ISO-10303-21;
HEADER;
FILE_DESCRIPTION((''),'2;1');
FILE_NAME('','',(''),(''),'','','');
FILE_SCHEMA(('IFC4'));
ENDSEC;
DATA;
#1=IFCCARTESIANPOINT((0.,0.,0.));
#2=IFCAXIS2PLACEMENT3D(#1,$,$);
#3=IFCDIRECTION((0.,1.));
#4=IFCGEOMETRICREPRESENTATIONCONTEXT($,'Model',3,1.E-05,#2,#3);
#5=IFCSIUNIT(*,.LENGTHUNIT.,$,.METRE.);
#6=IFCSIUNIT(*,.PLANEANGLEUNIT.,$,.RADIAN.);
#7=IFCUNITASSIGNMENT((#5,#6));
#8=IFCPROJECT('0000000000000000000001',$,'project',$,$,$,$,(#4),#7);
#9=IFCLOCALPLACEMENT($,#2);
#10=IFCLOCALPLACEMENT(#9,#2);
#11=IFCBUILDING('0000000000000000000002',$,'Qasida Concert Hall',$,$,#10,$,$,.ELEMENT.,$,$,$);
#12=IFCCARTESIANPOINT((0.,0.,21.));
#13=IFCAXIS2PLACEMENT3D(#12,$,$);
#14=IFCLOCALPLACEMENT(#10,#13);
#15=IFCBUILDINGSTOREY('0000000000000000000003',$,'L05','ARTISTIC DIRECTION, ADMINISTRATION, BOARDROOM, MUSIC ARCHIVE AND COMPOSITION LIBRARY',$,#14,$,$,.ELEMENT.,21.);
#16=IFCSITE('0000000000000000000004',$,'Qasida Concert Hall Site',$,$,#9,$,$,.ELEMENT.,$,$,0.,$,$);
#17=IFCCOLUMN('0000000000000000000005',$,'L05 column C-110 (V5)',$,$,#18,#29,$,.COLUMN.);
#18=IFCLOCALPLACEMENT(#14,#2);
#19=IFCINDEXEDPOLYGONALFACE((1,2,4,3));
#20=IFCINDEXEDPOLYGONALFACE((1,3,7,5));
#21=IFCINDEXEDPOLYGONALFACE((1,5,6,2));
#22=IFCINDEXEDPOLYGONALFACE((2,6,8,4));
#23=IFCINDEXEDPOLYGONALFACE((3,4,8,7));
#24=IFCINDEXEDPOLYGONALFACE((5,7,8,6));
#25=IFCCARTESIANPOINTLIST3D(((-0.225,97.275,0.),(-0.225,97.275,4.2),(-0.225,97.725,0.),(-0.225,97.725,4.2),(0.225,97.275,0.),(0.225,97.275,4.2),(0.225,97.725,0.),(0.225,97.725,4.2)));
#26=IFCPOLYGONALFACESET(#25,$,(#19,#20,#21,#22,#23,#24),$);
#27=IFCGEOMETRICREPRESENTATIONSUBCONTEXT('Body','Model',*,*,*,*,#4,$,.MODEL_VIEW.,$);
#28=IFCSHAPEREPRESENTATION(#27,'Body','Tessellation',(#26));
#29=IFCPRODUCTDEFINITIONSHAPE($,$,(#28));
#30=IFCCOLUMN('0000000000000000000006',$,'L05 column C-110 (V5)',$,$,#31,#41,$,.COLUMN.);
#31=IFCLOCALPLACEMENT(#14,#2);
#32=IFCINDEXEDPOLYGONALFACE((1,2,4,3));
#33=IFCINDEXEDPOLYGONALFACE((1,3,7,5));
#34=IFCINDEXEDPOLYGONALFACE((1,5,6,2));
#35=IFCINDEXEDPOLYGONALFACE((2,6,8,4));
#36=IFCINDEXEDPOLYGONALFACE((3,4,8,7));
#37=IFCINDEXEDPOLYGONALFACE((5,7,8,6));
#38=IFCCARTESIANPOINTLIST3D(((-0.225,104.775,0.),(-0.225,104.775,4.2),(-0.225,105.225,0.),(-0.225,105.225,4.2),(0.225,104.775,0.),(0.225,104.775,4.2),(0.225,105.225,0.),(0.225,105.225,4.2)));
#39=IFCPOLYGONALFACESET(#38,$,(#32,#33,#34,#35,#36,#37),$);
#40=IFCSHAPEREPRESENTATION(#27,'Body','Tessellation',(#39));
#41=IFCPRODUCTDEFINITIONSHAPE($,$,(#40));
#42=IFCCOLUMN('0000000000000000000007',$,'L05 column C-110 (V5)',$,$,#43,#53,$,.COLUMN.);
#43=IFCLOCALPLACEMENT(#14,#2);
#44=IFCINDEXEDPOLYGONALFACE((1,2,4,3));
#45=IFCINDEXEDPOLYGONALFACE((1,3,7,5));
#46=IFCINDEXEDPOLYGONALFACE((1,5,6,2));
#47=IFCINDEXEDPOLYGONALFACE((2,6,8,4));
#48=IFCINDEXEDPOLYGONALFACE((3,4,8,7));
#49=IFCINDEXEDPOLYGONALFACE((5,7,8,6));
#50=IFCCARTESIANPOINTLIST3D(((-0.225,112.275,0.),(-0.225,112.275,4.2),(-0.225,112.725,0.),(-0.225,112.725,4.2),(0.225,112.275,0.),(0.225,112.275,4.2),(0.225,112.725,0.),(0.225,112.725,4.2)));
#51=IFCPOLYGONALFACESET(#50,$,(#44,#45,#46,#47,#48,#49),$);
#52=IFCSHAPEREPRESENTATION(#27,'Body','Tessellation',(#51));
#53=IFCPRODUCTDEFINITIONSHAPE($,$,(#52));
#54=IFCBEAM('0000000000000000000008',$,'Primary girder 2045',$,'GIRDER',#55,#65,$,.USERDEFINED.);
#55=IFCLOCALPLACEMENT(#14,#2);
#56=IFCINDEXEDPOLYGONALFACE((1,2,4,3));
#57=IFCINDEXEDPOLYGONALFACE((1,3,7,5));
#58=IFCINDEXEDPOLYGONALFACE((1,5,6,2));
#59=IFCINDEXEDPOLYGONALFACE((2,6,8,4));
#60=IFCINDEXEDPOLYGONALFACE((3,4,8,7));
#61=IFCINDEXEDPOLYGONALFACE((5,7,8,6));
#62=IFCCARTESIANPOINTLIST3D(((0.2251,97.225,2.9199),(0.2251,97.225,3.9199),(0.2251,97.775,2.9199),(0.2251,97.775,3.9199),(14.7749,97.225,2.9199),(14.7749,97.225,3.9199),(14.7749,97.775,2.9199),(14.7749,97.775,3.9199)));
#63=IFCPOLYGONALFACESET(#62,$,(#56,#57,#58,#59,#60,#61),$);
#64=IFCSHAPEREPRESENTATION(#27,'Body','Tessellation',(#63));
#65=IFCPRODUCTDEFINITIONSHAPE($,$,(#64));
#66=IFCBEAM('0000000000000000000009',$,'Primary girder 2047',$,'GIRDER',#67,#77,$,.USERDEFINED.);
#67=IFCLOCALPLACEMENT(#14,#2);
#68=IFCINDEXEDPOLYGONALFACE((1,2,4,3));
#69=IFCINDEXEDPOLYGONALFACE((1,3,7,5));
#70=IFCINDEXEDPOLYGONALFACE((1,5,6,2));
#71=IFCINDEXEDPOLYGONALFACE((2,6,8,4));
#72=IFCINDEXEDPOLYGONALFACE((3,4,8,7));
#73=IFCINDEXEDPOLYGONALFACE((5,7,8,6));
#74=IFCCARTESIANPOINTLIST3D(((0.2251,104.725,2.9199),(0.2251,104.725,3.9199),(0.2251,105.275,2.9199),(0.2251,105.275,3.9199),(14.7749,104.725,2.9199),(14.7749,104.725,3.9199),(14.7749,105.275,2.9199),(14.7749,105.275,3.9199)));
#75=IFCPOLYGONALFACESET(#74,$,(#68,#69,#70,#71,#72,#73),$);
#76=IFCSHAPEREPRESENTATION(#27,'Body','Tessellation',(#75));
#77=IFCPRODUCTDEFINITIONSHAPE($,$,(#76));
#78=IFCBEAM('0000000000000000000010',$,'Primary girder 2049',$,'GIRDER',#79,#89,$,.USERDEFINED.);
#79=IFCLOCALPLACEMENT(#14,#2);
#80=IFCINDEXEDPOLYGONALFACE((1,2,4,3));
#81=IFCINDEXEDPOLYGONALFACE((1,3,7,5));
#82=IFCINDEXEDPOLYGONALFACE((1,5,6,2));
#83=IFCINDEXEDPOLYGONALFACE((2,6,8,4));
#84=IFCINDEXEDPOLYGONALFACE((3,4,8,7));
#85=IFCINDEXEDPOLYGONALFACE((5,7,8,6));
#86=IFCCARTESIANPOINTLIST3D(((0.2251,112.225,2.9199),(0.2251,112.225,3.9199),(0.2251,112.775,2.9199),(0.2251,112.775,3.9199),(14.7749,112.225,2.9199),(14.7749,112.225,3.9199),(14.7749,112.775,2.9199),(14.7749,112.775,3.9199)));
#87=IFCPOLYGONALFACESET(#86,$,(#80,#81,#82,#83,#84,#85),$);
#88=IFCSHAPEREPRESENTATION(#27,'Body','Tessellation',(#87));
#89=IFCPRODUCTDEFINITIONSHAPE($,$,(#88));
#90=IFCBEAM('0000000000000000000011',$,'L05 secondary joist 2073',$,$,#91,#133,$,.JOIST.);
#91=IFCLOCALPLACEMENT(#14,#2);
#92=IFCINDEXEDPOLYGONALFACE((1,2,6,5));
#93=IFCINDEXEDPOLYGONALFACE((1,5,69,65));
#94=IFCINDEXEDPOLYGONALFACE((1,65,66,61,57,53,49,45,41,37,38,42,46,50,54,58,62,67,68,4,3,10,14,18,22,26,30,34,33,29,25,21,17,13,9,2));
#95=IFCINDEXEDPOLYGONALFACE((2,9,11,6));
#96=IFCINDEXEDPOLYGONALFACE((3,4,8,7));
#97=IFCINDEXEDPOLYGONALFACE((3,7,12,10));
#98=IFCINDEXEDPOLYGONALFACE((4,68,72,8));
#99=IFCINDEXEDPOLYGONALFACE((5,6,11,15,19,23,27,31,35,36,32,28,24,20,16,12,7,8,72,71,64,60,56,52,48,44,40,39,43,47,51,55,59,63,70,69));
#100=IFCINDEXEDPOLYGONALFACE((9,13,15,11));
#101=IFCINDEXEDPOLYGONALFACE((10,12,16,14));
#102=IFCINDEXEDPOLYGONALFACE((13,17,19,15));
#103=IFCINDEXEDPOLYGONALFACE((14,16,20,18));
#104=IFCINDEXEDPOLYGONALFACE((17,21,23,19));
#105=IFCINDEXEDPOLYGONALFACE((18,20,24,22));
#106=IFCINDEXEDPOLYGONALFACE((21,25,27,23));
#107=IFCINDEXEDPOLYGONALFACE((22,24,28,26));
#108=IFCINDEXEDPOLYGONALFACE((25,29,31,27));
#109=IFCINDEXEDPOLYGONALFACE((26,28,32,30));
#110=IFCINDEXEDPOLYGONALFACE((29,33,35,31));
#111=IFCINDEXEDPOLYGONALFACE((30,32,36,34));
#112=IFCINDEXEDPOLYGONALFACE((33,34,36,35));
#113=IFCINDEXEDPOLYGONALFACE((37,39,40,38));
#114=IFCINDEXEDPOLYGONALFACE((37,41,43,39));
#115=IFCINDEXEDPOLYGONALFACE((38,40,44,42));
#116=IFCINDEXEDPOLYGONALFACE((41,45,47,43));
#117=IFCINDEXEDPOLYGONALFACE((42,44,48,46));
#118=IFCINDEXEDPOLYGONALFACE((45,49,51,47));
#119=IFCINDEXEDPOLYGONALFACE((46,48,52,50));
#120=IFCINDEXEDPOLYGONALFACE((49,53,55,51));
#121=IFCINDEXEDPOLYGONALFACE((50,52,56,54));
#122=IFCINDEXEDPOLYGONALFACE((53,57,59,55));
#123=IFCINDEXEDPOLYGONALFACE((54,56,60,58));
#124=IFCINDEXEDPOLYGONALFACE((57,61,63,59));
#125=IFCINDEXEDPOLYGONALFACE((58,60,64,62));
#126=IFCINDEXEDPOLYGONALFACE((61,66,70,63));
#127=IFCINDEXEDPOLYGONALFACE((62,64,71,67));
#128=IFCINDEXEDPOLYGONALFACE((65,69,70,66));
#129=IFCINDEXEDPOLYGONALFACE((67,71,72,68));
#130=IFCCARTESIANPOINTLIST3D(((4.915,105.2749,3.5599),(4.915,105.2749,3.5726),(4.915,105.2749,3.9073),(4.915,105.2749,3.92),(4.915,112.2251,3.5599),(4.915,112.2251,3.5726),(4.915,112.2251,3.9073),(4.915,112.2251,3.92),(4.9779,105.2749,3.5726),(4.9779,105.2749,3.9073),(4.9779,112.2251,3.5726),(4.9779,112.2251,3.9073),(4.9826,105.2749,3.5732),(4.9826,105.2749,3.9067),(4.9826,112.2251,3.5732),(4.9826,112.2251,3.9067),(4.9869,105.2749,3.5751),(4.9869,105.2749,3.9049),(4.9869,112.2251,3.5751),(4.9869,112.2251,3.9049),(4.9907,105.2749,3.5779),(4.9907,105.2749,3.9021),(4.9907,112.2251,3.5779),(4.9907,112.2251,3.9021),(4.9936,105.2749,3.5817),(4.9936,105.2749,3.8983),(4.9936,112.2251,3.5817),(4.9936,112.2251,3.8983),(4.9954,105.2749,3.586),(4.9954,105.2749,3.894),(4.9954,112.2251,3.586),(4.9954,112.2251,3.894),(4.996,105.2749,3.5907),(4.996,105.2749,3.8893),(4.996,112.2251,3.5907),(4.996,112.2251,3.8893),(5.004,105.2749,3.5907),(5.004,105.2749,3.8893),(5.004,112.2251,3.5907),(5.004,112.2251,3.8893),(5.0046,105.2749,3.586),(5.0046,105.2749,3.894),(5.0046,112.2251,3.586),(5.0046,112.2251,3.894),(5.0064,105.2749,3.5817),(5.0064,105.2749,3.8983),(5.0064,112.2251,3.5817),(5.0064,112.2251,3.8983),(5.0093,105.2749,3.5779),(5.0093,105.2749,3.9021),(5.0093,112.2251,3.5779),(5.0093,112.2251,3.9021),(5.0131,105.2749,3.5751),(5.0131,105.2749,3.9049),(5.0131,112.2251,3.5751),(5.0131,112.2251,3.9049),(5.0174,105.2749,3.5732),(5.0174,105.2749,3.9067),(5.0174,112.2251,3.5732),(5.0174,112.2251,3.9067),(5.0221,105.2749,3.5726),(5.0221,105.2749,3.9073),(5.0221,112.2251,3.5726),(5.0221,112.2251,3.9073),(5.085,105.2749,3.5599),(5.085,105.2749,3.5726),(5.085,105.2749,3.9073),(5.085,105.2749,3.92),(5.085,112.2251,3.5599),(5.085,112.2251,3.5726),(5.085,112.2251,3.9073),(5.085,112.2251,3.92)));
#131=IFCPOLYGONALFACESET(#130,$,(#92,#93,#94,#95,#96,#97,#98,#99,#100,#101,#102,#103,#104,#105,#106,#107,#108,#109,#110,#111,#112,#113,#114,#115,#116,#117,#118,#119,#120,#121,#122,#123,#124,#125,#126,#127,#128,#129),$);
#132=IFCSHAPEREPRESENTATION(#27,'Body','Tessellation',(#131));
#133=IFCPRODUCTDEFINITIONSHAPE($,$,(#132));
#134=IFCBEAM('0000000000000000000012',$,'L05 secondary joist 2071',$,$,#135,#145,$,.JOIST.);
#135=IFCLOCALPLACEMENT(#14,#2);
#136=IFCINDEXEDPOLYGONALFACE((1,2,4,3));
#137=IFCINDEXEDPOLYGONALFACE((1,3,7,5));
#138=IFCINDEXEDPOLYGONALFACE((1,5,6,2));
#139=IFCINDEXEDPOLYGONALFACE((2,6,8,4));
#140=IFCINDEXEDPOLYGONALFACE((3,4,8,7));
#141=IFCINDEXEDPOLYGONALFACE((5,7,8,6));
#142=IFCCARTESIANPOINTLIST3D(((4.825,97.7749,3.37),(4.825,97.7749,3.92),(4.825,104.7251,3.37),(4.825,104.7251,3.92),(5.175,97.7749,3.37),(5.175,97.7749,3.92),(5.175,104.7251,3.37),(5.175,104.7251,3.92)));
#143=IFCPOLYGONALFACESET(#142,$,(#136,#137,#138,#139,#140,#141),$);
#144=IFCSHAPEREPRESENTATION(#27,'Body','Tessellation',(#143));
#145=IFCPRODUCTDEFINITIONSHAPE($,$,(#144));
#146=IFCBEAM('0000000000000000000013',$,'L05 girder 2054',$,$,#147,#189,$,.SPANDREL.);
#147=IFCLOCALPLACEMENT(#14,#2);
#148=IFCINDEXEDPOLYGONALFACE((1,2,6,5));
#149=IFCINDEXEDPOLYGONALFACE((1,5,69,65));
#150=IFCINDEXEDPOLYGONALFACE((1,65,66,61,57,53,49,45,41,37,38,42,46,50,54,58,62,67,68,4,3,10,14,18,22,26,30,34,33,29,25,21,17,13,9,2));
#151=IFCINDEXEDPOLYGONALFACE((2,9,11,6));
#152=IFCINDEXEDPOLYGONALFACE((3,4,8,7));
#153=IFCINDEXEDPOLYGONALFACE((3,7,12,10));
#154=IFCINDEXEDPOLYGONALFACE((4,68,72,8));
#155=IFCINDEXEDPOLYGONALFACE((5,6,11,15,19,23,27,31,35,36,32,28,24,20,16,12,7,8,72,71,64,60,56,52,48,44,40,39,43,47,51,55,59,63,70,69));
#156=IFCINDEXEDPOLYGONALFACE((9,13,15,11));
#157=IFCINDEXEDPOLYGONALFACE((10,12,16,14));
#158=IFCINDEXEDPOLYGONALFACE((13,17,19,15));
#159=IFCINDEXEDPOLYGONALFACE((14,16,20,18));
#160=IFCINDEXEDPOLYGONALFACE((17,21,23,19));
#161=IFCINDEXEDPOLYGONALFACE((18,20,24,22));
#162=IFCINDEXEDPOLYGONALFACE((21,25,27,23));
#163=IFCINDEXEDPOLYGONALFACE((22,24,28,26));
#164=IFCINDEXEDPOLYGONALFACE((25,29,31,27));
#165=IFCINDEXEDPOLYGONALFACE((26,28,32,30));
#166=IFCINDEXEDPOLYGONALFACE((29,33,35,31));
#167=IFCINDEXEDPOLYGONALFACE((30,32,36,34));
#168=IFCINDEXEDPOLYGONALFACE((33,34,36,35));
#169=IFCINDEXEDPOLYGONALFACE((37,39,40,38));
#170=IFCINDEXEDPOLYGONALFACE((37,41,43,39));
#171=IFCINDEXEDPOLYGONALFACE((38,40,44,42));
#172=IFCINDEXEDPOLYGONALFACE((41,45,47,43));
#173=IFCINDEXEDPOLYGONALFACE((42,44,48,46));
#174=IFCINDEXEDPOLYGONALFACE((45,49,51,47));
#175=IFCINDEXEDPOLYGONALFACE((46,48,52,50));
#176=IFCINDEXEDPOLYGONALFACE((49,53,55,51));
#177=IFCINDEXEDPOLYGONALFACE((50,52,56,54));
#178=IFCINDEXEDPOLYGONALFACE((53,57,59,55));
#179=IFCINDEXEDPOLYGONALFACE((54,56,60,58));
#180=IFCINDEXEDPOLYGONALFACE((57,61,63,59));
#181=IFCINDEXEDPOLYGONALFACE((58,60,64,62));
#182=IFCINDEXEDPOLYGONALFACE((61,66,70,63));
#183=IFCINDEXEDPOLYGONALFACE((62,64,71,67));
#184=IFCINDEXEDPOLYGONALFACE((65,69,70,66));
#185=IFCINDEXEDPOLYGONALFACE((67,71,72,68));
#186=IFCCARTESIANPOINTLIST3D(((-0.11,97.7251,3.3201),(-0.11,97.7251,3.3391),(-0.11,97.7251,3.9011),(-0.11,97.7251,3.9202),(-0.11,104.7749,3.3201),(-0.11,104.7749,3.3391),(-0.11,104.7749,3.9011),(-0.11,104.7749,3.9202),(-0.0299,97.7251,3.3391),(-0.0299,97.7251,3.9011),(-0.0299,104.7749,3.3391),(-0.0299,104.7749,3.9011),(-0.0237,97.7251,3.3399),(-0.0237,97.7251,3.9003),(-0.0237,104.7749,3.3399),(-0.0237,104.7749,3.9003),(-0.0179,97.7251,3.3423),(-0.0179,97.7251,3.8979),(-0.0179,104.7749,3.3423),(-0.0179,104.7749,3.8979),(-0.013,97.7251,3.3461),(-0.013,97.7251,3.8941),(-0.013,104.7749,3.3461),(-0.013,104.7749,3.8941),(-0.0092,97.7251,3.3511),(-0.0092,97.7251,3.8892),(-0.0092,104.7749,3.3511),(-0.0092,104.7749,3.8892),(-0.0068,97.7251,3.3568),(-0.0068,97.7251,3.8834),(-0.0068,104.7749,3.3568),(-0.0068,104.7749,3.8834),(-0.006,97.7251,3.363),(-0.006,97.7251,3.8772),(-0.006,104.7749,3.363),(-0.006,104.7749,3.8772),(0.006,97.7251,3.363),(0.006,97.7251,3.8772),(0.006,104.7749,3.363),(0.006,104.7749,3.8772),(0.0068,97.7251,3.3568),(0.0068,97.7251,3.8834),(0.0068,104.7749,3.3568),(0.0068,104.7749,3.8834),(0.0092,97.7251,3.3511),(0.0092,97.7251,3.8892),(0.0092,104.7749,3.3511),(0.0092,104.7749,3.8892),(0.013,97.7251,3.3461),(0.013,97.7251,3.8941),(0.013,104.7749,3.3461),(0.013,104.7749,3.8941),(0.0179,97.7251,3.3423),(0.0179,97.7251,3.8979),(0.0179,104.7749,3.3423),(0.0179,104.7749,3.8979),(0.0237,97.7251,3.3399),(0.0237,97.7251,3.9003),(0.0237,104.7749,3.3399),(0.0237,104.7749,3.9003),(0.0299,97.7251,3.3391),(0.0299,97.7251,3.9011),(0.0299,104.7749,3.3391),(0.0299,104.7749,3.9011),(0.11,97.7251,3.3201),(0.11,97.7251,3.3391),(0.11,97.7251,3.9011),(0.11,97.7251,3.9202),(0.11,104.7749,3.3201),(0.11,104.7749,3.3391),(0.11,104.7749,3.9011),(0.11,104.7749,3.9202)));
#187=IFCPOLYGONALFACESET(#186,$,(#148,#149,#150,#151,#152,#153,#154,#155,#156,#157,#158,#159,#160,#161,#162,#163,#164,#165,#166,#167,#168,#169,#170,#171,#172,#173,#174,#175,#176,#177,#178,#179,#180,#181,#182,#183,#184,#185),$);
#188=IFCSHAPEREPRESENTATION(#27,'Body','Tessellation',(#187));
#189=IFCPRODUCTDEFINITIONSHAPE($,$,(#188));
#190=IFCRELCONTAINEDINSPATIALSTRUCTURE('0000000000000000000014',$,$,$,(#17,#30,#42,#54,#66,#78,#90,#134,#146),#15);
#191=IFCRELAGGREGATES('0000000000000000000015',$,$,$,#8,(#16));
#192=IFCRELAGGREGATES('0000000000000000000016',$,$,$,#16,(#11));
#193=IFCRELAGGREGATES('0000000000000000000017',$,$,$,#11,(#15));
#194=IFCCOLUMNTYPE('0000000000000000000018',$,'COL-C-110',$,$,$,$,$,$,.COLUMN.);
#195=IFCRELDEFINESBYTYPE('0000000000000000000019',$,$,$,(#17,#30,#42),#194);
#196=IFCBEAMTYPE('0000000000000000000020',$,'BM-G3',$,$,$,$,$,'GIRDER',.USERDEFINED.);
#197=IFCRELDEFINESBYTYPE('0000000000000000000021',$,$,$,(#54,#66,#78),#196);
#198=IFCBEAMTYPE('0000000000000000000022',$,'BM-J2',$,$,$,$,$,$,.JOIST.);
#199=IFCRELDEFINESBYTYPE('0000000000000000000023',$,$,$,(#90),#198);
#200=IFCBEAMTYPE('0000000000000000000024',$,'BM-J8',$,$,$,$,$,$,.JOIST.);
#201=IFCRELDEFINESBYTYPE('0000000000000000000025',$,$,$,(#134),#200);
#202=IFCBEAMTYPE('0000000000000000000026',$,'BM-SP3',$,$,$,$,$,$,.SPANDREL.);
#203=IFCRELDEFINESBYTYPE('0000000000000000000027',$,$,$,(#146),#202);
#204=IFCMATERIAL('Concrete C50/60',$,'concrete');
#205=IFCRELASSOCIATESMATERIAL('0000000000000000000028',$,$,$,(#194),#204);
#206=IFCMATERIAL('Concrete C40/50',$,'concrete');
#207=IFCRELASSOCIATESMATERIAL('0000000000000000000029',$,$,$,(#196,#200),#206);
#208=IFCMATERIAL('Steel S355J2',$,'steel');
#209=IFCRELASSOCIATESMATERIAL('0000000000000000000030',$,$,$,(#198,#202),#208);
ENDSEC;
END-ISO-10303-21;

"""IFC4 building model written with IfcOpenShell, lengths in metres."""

from ifc_helpers import new_model, si_unit, direction, frame, origin, origin_2d, place, context, subcontext, project, spatial, rectangle, i_section, extrude, material, material_profile, profile_set, type_object, element, save


model = new_model("IFC4")

# Units and contexts
model_context = context("Model", 3, precision=1e-05, world=origin(), true_north=direction((0.0, 1.0)))
body_context = subcontext(model_context, "Body", "Model", "MODEL_VIEW")
ifc_project = project(units=[si_unit("LENGTHUNIT", "METRE"), si_unit("PLANEANGLEUNIT", "RADIAN")], contexts=[model_context])

# Site, building, storey
site_placement = place(None, origin())
site = spatial("IfcSite", under=ifc_project, at=site_placement, Name="Qasida Concert Hall Site", CompositionType="ELEMENT", RefElevation=0.0)
building_placement = place(site_placement, origin())
building = spatial("IfcBuilding", under=site, at=building_placement, Name="Qasida Concert Hall", CompositionType="ELEMENT")
storey_placement = place(building_placement, frame((0.0, 0.0, 21.0)))
storey = spatial("IfcBuildingStorey", under=building, at=storey_placement, Name="L05", Description="ARTISTIC DIRECTION, ADMINISTRATION, BOARDROOM, MUSIC ARCHIVE AND COMPOSITION LIBRARY", CompositionType="ELEMENT", Elevation=21.0)

# Columns
ifc_material_1 = material(Name="Concrete C50/60", Category="concrete")
ifc_material_profile_1 = material_profile(ifc_material_1, rectangle(XDim=0.45, YDim=0.45, at=origin_2d()), Name="RC 450x450")
ifc_profile_set_1 = profile_set([ifc_material_profile_1], Name="Concrete C50/60")
column_type = type_object("IfcColumnType", Name="COL-C-110", PredefinedType="COLUMN", material=ifc_profile_set_1)
for number, where, z_axis, x_axis, name in (
    (1, (0.0, 97.5, 0.0), (0.0, 0.0, 1.0), (1.0, 0.0, 0.0), "L05 column C-110 (V5)"),
    (2, (0.0, 105.0, 0.0), (0.0, 0.0, 1.0), (1.0, 0.0, 0.0), "L05 column C-110 (V5)"),
    (3, (0.0, 112.5, 0.0), (0.0, 0.0, 1.0), (1.0, 0.0, 0.0), "L05 column C-110 (V5)"),
):
    element("IfcColumn", number, at=place(storey_placement, frame(where, z_axis=z_axis, x_axis=x_axis)), inside=storey, type_object=column_type, Name=name, PredefinedType="COLUMN", context=body_context, shape_type="SweptSolid", body=[
        extrude(rectangle(XDim=0.45, YDim=0.45, at=origin_2d()), origin(), (0.0, 0.0, 1.0), 4.2),
    ])

# Beams
ifc_material_2 = material(Name="Concrete C40/50", Category="concrete")
ifc_material_profile_2 = material_profile(ifc_material_2, rectangle(XDim=0.55, YDim=1.0, at=origin_2d()), Name="RC 550x1000")
ifc_profile_set_2 = profile_set([ifc_material_profile_2], Name="Concrete C40/50")
beam_type_1 = type_object("IfcBeamType", Name="BM-G3", ElementType="GIRDER", PredefinedType="USERDEFINED", material=ifc_profile_set_2)
for number, where, z_axis, x_axis, name in (
    (4, (0.2251, 97.5, 3.4199), (1.0, 0.0, 0.0), (0.0, 1.0, 0.0), "Primary girder 2045"),
    (5, (0.2251, 105.0, 3.4199), (1.0, 0.0, 0.0), (0.0, 1.0, 0.0), "Primary girder 2047"),
    (6, (0.2251, 112.5, 3.4199), (1.0, 0.0, 0.0), (0.0, 1.0, 0.0), "Primary girder 2049"),
):
    element("IfcBeam", number, at=place(storey_placement, frame(where, z_axis=z_axis, x_axis=x_axis)), inside=storey, type_object=beam_type_1, Name=name, ObjectType="GIRDER", PredefinedType="USERDEFINED", context=body_context, shape_type="SweptSolid", body=[
        extrude(rectangle(XDim=0.55, YDim=1.0, at=origin_2d()), origin(), (0.0, 0.0, 1.0), 14.5498),
    ])
ifc_material_3 = material(Name="Steel S355J2", Category="steel")
ifc_material_profile_3 = material_profile(ifc_material_3, i_section(OverallWidth=0.1699, OverallDepth=0.3601, WebThickness=0.0081, FlangeThickness=0.0127, FilletRadius=0.0181, at=origin_2d()), Name="IPE 360")
ifc_profile_set_3 = profile_set([ifc_material_profile_3], Name="Steel S355J2")
beam_type_2 = type_object("IfcBeamType", Name="BM-J2", PredefinedType="JOIST", material=ifc_profile_set_3)
beam_1_placement = place(storey_placement, frame((5.0, 105.2749, 3.74), z_axis=(0.0, 1.0, 0.0), x_axis=(-1.0, 0.0, 0.0)))
element("IfcBeam", 7, at=beam_1_placement, inside=storey, type_object=beam_type_2, Name="L05 secondary joist 2073", PredefinedType="JOIST", context=body_context, shape_type="SweptSolid", body=[
    extrude(i_section(OverallWidth=0.1699, OverallDepth=0.3601, WebThickness=0.0081, FlangeThickness=0.0127, FilletRadius=0.0181, at=origin_2d()), origin(), (0.0, 0.0, 1.0), 6.9502),
])
ifc_material_profile_4 = material_profile(ifc_material_2, rectangle(XDim=0.3501, YDim=0.55, at=origin_2d()), Name="RC 350x550")
ifc_profile_set_4 = profile_set([ifc_material_profile_4], Name="Concrete C40/50")
beam_type_3 = type_object("IfcBeamType", Name="BM-J8", PredefinedType="JOIST", material=ifc_profile_set_4)
beam_2_placement = place(storey_placement, frame((5.0, 97.7749, 3.645), z_axis=(0.0, 1.0, 0.0), x_axis=(-1.0, 0.0, 0.0)))
element("IfcBeam", 8, at=beam_2_placement, inside=storey, type_object=beam_type_3, Name="L05 secondary joist 2071", PredefinedType="JOIST", context=body_context, shape_type="SweptSolid", body=[
    extrude(rectangle(XDim=0.3501, YDim=0.55, at=origin_2d()), origin(), (0.0, 0.0, 1.0), 6.9502),
])
ifc_material_profile_5 = material_profile(ifc_material_3, i_section(OverallWidth=0.22, OverallDepth=0.6001, WebThickness=0.012, FlangeThickness=0.019, FilletRadius=0.0239, at=origin_2d()), Name="IPE 600")
ifc_profile_set_5 = profile_set([ifc_material_profile_5], Name="Steel S355J2")
beam_type_4 = type_object("IfcBeamType", Name="BM-SP3", PredefinedType="SPANDREL", material=ifc_profile_set_5)
beam_3_placement = place(storey_placement, frame((0.0, 97.7251, 3.6201), z_axis=(0.0, 1.0, 0.0), x_axis=(-1.0, 0.0, 0.0)))
element("IfcBeam", 9, at=beam_3_placement, inside=storey, type_object=beam_type_4, Name="L05 girder 2054", PredefinedType="SPANDREL", context=body_context, shape_type="SweptSolid", body=[
    extrude(i_section(OverallWidth=0.22, OverallDepth=0.6001, WebThickness=0.012, FlangeThickness=0.019, FilletRadius=0.0239, at=origin_2d()), origin(), (0.0, 0.0, 1.0), 7.0498),
])

save(model, "model.ifc")
